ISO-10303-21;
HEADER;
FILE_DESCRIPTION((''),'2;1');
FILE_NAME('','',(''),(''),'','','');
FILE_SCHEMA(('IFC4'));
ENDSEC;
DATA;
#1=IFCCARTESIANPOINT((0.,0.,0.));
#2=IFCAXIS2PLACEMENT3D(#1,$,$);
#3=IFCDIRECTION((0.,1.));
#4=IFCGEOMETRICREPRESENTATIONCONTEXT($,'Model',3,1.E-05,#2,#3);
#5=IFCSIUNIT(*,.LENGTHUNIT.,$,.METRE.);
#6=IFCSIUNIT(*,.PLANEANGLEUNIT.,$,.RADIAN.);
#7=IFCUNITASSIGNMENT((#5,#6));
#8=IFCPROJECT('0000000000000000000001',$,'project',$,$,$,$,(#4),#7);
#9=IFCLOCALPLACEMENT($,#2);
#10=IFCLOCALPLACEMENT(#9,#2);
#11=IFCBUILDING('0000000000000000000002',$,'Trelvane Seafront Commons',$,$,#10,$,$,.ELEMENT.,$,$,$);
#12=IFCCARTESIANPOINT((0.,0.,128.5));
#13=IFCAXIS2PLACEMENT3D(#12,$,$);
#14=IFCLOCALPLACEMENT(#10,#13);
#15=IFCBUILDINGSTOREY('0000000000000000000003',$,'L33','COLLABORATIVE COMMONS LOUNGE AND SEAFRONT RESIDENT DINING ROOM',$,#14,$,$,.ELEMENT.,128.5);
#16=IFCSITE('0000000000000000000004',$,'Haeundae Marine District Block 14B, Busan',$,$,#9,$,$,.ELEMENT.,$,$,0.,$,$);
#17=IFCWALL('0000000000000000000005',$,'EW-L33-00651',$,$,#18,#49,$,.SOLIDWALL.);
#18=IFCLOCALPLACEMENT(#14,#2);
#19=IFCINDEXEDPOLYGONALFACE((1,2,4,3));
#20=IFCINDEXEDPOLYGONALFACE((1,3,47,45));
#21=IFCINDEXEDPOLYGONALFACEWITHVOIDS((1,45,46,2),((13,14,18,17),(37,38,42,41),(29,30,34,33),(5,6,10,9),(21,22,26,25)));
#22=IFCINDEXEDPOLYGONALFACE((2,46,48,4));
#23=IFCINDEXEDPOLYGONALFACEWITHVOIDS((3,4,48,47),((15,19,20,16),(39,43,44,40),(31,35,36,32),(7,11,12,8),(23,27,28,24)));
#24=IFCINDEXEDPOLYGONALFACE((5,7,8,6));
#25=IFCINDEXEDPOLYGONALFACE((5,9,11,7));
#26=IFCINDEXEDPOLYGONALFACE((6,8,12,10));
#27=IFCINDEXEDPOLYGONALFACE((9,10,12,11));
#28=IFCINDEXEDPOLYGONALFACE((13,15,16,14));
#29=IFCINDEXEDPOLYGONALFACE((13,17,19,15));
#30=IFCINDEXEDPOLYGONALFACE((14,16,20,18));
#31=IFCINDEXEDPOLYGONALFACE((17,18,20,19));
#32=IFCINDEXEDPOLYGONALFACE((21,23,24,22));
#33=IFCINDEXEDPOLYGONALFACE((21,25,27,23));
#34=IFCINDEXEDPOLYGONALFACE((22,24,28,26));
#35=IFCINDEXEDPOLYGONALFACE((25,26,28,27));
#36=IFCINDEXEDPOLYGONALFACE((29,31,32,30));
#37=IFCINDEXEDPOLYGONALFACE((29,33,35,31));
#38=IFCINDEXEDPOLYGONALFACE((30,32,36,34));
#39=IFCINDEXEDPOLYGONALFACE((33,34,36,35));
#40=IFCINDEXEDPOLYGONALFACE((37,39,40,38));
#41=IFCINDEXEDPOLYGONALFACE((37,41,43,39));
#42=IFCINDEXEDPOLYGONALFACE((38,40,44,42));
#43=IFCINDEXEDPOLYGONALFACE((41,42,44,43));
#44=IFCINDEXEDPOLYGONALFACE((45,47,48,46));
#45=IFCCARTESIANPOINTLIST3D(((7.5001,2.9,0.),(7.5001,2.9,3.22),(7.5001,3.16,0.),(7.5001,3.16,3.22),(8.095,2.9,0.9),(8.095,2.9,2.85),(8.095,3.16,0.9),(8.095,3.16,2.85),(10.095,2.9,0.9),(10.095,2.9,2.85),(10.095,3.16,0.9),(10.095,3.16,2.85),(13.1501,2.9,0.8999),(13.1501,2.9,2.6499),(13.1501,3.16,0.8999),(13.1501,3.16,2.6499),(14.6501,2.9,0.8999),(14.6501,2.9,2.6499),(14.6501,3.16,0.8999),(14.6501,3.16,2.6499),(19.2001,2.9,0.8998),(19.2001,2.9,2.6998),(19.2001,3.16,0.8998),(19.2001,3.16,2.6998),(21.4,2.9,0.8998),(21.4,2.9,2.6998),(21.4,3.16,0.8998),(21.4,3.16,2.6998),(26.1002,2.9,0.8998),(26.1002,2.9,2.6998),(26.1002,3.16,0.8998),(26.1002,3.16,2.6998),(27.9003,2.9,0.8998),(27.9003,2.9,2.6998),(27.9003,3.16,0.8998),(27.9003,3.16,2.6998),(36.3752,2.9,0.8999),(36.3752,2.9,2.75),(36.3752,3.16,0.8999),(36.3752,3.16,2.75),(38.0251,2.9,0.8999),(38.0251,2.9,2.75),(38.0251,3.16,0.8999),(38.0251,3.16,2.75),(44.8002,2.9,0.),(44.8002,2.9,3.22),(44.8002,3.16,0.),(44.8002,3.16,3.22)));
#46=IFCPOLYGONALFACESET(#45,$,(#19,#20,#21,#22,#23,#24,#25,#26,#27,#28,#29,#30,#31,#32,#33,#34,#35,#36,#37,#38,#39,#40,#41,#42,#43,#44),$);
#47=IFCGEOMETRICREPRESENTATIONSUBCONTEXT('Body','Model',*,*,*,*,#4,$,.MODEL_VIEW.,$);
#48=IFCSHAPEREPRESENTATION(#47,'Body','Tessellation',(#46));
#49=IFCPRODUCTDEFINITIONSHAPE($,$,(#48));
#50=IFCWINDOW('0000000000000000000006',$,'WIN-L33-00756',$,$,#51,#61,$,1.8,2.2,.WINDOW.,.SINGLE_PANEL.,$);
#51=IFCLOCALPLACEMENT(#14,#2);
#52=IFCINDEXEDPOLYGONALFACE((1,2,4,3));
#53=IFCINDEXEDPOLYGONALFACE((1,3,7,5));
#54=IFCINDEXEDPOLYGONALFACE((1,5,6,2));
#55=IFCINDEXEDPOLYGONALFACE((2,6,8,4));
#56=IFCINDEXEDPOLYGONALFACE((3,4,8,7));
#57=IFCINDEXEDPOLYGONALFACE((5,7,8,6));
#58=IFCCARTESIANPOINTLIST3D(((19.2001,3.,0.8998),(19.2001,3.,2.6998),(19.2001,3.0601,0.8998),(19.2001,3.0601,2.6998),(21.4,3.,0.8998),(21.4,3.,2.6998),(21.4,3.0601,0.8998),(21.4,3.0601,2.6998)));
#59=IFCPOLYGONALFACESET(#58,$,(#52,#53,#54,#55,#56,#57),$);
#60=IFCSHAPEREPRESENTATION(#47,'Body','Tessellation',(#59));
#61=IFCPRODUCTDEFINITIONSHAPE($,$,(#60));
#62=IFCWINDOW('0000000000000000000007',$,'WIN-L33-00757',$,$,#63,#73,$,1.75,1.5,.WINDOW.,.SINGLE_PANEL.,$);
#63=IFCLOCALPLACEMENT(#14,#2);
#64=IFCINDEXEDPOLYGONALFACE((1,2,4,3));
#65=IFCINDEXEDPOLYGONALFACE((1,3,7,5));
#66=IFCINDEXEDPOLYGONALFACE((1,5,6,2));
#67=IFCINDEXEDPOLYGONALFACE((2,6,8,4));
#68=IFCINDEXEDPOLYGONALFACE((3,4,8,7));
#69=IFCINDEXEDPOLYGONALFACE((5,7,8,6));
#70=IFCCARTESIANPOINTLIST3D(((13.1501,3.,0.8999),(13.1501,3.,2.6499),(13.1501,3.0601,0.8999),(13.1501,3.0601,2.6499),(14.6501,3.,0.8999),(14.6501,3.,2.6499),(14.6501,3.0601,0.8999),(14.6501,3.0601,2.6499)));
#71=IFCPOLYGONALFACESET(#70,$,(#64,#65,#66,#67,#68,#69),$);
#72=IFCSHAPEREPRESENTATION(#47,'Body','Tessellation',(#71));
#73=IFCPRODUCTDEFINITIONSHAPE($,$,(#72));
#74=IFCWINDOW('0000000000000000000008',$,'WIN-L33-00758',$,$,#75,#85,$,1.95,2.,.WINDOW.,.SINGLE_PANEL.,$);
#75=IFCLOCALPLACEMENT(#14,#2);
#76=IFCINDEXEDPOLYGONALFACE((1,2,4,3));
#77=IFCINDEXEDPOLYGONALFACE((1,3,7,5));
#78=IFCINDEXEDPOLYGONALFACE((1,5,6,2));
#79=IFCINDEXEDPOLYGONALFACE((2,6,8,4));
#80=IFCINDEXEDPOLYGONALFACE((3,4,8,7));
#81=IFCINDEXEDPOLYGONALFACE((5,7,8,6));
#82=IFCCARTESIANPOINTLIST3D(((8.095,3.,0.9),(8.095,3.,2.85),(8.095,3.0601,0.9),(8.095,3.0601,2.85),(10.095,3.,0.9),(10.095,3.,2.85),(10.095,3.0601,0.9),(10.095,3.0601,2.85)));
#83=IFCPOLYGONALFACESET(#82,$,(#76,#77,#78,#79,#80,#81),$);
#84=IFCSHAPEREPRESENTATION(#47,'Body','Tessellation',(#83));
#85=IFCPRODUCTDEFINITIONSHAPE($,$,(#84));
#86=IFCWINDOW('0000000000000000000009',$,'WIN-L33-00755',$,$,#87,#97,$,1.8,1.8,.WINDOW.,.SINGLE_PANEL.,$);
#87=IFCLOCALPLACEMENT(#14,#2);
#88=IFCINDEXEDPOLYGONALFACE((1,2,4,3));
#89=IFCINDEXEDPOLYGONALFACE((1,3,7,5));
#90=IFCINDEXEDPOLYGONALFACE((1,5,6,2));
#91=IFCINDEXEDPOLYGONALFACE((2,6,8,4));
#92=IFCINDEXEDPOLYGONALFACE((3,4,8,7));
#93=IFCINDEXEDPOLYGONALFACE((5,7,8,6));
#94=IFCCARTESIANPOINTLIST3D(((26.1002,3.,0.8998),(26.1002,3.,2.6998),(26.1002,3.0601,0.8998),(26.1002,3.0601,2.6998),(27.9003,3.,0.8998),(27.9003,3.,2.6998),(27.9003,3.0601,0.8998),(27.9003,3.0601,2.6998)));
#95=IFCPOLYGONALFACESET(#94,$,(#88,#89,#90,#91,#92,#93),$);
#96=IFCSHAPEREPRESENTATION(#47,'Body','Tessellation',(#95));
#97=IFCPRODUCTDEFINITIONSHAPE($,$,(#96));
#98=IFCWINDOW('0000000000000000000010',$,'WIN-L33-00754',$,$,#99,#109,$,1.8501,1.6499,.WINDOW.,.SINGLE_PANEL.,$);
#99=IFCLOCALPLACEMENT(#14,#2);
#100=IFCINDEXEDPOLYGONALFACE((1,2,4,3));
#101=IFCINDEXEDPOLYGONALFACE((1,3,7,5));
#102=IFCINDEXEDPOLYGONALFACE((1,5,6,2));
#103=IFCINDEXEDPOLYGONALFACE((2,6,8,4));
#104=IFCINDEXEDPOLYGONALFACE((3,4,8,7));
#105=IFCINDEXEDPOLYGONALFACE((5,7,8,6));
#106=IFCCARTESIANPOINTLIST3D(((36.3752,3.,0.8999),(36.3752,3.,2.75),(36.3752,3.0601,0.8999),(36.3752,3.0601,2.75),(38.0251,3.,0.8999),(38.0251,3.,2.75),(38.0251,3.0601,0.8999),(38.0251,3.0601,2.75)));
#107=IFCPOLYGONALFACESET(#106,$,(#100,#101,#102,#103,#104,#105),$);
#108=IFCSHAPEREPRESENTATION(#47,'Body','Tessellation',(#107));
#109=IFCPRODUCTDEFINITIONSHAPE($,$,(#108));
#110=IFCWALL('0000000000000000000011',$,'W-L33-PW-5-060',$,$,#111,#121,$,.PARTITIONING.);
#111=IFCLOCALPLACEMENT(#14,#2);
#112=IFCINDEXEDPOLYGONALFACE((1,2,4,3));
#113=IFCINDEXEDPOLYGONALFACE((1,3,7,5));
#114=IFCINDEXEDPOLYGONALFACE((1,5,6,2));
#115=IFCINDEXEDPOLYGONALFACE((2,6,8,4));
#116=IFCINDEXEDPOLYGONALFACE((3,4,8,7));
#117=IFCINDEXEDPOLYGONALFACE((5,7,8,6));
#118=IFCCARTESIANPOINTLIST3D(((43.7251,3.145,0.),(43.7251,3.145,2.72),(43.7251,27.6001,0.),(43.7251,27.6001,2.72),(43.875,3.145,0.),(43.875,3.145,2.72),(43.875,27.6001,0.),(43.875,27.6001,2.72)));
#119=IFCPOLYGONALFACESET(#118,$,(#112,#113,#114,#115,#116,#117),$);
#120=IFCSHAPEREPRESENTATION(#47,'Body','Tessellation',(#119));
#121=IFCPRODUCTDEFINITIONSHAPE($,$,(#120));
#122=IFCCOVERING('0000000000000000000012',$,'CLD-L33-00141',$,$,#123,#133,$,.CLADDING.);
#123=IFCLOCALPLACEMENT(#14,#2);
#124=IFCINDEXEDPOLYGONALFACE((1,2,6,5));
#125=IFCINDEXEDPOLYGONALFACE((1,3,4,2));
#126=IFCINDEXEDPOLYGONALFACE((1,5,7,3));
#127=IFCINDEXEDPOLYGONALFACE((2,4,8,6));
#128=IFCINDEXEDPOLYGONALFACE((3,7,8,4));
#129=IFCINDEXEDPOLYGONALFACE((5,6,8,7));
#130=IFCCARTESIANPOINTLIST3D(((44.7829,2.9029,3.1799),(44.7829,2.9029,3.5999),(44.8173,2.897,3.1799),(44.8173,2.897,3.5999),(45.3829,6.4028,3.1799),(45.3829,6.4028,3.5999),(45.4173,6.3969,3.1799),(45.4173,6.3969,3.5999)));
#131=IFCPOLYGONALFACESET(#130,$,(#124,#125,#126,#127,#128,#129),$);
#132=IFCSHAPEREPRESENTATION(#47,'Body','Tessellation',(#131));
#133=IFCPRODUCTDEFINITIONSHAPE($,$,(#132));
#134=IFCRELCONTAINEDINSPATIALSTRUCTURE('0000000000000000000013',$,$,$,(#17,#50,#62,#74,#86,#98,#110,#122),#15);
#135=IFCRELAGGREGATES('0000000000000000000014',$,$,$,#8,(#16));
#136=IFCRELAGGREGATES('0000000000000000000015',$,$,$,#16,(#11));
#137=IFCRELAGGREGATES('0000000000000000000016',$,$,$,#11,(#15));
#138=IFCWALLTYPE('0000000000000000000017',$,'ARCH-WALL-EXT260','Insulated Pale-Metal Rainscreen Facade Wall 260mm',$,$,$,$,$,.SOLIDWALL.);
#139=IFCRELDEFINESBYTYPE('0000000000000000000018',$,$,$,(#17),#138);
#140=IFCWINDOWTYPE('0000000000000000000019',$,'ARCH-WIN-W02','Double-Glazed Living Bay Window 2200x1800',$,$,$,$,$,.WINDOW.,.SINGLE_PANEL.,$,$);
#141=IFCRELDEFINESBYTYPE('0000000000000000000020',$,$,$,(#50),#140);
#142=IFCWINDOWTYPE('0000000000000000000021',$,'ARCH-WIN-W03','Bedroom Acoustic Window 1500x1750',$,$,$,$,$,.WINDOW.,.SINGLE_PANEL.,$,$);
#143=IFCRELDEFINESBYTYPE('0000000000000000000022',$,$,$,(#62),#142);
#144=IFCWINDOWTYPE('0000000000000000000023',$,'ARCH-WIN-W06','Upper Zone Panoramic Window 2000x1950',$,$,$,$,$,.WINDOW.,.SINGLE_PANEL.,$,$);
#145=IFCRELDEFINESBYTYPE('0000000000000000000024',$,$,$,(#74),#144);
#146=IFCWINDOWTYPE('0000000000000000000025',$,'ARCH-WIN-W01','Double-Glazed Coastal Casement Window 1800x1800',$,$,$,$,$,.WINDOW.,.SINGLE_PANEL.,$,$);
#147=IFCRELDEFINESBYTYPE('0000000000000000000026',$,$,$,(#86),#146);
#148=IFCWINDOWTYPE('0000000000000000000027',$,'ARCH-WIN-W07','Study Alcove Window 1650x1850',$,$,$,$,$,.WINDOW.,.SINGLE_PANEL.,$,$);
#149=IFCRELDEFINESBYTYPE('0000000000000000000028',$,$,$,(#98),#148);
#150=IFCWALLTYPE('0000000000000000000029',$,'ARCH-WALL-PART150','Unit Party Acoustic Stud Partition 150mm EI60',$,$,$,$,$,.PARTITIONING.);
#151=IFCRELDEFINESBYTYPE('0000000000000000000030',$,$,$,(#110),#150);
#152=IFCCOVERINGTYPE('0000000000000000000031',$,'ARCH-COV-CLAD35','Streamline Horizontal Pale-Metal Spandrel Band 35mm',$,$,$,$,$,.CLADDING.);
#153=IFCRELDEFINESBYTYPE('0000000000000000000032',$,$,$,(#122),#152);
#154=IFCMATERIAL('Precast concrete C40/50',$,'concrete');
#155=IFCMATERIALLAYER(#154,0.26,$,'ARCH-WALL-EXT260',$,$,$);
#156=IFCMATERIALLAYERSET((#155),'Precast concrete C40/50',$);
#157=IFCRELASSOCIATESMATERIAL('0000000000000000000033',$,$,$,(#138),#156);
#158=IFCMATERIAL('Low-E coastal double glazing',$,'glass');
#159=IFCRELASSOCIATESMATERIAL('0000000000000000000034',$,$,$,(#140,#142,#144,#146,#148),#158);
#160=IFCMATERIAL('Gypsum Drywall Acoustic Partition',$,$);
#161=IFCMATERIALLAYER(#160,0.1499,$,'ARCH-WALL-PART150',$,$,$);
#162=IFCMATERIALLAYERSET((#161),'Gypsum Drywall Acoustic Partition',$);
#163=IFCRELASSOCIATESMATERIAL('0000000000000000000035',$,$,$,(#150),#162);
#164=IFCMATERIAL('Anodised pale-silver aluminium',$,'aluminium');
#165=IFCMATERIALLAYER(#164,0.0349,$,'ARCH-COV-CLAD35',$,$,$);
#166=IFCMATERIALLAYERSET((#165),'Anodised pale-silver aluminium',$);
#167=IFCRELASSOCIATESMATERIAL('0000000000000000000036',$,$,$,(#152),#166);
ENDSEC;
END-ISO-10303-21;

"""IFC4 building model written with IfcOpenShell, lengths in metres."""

from ifc_helpers import new_model, si_unit, direction, frame, frame_2d, origin, origin_2d, place, context, subcontext, project, spatial, rectangle, extrude, source, transform, mapped, material, layer, layer_set, type_object, element, fill, save


model = new_model("IFC4")

# Units and contexts
model_context = context("Model", 3, precision=1e-05, world=origin(), true_north=direction((0.0, 1.0)))
body_context = subcontext(model_context, "Body", "Model", "MODEL_VIEW")
ifc_project = project(units=[si_unit("LENGTHUNIT", "METRE"), si_unit("PLANEANGLEUNIT", "RADIAN")], contexts=[model_context])

# Site, building, storey
site_placement = place(None, origin())
site = spatial("IfcSite", under=ifc_project, at=site_placement, Name="Haeundae Marine District Block 14B, Busan", CompositionType="ELEMENT", RefElevation=0.0)
building_placement = place(site_placement, origin())
building = spatial("IfcBuilding", under=site, at=building_placement, Name="Trelvane Seafront Commons", CompositionType="ELEMENT")
storey_placement = place(building_placement, frame((0.0, 0.0, 128.5)))
storey = spatial("IfcBuildingStorey", under=building, at=storey_placement, Name="L33", Description="COLLABORATIVE COMMONS LOUNGE AND SEAFRONT RESIDENT DINING ROOM", CompositionType="ELEMENT", Elevation=128.5)

# Shared definitions
ifc_material_1 = material(Name="Anodised pale-silver aluminium", Category="aluminium")

# Shared definitions
ifc_material_2 = material(Name="Low-E coastal double glazing", Category="glass")

# Wall, openings, windows
ifc_material_3 = material(Name="Precast concrete C40/50", Category="concrete")
ifc_layer_1 = layer(ifc_material_3, 0.26, Name="ARCH-WALL-EXT260")
ifc_layer_set_1 = layer_set([ifc_layer_1], Name="Precast concrete C40/50")
wall_type_1 = type_object("IfcWallType", Name="ARCH-WALL-EXT260", Description="Insulated Pale-Metal Rainscreen Facade Wall 260mm", PredefinedType="SOLIDWALL", material=ifc_layer_set_1)
wall_1_placement = place(storey_placement, frame((44.8, 3.03, 0.0), z_axis=(0.0, 0.0, 1.0), x_axis=(-1.0, 0.0, 0.0)))
wall_1 = element("IfcWall", 1, at=wall_1_placement, inside=storey, type_object=wall_type_1, Name="EW-L33-00651", PredefinedType="SOLIDWALL", context=body_context, shape_type="SweptSolid", body=[
    extrude(rectangle(XDim=37.3, YDim=0.26, at=frame_2d((18.6499, 0.0))), origin(), (0.0, 0.0, 1.0), 3.22),
])
opening_1_placement = place(wall_1_placement, frame((6.7749, 0.0, 0.8999)))
opening_1 = element("IfcOpeningElement", 2, at=opening_1_placement, cuts=wall_1, PredefinedType="OPENING", context=body_context, shape_type="SweptSolid", body=[
    extrude(rectangle(XDim=1.6499, YDim=1.8501, at=frame_2d((0.825, 0.925))), frame((0.0, 0.1399, 0.0), z_axis=(0.0, -1.0, 0.0), x_axis=(1.0, 0.0, 0.0)), (0.0, 0.0, 1.0), 0.28),
])
opening_2_placement = place(wall_1_placement, frame((16.8999, 0.0, 0.8999)))
opening_2 = element("IfcOpeningElement", 3, at=opening_2_placement, cuts=wall_1, PredefinedType="OPENING", context=body_context, shape_type="SweptSolid", body=[
    extrude(rectangle(XDim=1.8, YDim=1.8, at=frame_2d((0.8999, 0.8999))), frame((0.0, 0.1399, 0.0), z_axis=(0.0, -1.0, 0.0), x_axis=(1.0, 0.0, 0.0)), (0.0, 0.0, 1.0), 0.28),
])
opening_3_placement = place(wall_1_placement, frame((23.3999, 0.0, 0.8999)))
opening_3 = element("IfcOpeningElement", 4, at=opening_3_placement, cuts=wall_1, PredefinedType="OPENING", context=body_context, shape_type="SweptSolid", body=[
    extrude(rectangle(XDim=2.2, YDim=1.8, at=frame_2d((1.1001, 0.8999))), frame((0.0, 0.1399, 0.0), z_axis=(0.0, -1.0, 0.0), x_axis=(1.0, 0.0, 0.0)), (0.0, 0.0, 1.0), 0.28),
])
opening_4_placement = place(wall_1_placement, frame((30.1499, 0.0, 0.8999)))
opening_4 = element("IfcOpeningElement", 5, at=opening_4_placement, cuts=wall_1, PredefinedType="OPENING", context=body_context, shape_type="SweptSolid", body=[
    extrude(rectangle(XDim=1.5, YDim=1.75, at=frame_2d((0.75, 0.875))), frame((0.0, 0.1399, 0.0), z_axis=(0.0, -1.0, 0.0), x_axis=(1.0, 0.0, 0.0)), (0.0, 0.0, 1.0), 0.28),
])
opening_5_placement = place(wall_1_placement, frame((34.7051, 0.0, 0.8999)))
opening_5 = element("IfcOpeningElement", 6, at=opening_5_placement, cuts=wall_1, PredefinedType="OPENING", context=body_context, shape_type="SweptSolid", body=[
    extrude(rectangle(XDim=2.0, YDim=1.95, at=frame_2d((1.0, 0.9751))), frame((0.0, 0.1399, 0.0), z_axis=(0.0, -1.0, 0.0), x_axis=(1.0, 0.0, 0.0)), (0.0, 0.0, 1.0), 0.28),
])
window_type_1 = type_object("IfcWindowType", Name="ARCH-WIN-W02", Description="Double-Glazed Living Bay Window 2200x1800", PartitioningType="SINGLE_PANEL", PredefinedType="WINDOW", material=ifc_material_2)
shared_shape_1 = source(origin(), body_context, "Body", "SweptSolid", [
    extrude(rectangle(XDim=2.2, YDim=1.8, at=frame_2d((1.1001, 0.8999))), frame((0.0, 0.03, 0.0), z_axis=(0.0, -1.0, 0.0), x_axis=(1.0, 0.0, 0.0)), (0.0, 0.0, 1.0), 0.0601),
])
window_1_placement = place(opening_3_placement, origin())
window_1 = element("IfcWindow", 7, at=window_1_placement, inside=storey, type_object=window_type_1, Name="WIN-L33-00756", OverallHeight=1.8, OverallWidth=2.2, PartitioningType="SINGLE_PANEL", PredefinedType="WINDOW", context=body_context, shape_type="MappedRepresentation", body=[
    mapped(shared_shape_1, transform((0.0, 0.0, 0.0), x_axis=(1.0, 0.0, 0.0), y_axis=(0.0, 1.0, 0.0), z_axis=(0.0, 0.0, 1.0), scale=1.0)),
])
fill(opening_3, window_1)
window_type_2 = type_object("IfcWindowType", Name="ARCH-WIN-W03", Description="Bedroom Acoustic Window 1500x1750", PartitioningType="SINGLE_PANEL", PredefinedType="WINDOW", material=ifc_material_2)
shared_shape_2 = source(origin(), body_context, "Body", "SweptSolid", [
    extrude(rectangle(XDim=1.5, YDim=1.75, at=frame_2d((0.75, 0.875))), frame((0.0, 0.03, 0.0), z_axis=(0.0, -1.0, 0.0), x_axis=(1.0, 0.0, 0.0)), (0.0, 0.0, 1.0), 0.0601),
])
window_2_placement = place(opening_4_placement, origin())
window_2 = element("IfcWindow", 8, at=window_2_placement, inside=storey, type_object=window_type_2, Name="WIN-L33-00757", OverallHeight=1.75, OverallWidth=1.5, PartitioningType="SINGLE_PANEL", PredefinedType="WINDOW", context=body_context, shape_type="MappedRepresentation", body=[
    mapped(shared_shape_2, transform((0.0, 0.0, 0.0), x_axis=(1.0, 0.0, 0.0), y_axis=(0.0, 1.0, 0.0), z_axis=(0.0, 0.0, 1.0), scale=1.0)),
])
fill(opening_4, window_2)
window_type_3 = type_object("IfcWindowType", Name="ARCH-WIN-W06", Description="Upper Zone Panoramic Window 2000x1950", PartitioningType="SINGLE_PANEL", PredefinedType="WINDOW", material=ifc_material_2)
shared_shape_3 = source(origin(), body_context, "Body", "SweptSolid", [
    extrude(rectangle(XDim=2.0, YDim=1.95, at=frame_2d((1.0, 0.9751))), frame((0.0, 0.03, 0.0), z_axis=(0.0, -1.0, 0.0), x_axis=(1.0, 0.0, 0.0)), (0.0, 0.0, 1.0), 0.0601),
])
window_3_placement = place(opening_5_placement, origin())
window_3 = element("IfcWindow", 9, at=window_3_placement, inside=storey, type_object=window_type_3, Name="WIN-L33-00758", OverallHeight=1.95, OverallWidth=2.0, PartitioningType="SINGLE_PANEL", PredefinedType="WINDOW", context=body_context, shape_type="MappedRepresentation", body=[
    mapped(shared_shape_3, transform((0.0, 0.0, 0.0), x_axis=(1.0, 0.0, 0.0), y_axis=(0.0, 1.0, 0.0), z_axis=(0.0, 0.0, 1.0), scale=1.0)),
])
fill(opening_5, window_3)
window_type_4 = type_object("IfcWindowType", Name="ARCH-WIN-W01", Description="Double-Glazed Coastal Casement Window 1800x1800", PartitioningType="SINGLE_PANEL", PredefinedType="WINDOW", material=ifc_material_2)
shared_shape_4 = source(origin(), body_context, "Body", "SweptSolid", [
    extrude(rectangle(XDim=1.8, YDim=1.8, at=frame_2d((0.8999, 0.8999))), frame((0.0, 0.03, 0.0), z_axis=(0.0, -1.0, 0.0), x_axis=(1.0, 0.0, 0.0)), (0.0, 0.0, 1.0), 0.0601),
])
window_4_placement = place(opening_2_placement, origin())
window_4 = element("IfcWindow", 10, at=window_4_placement, inside=storey, type_object=window_type_4, Name="WIN-L33-00755", OverallHeight=1.8, OverallWidth=1.8, PartitioningType="SINGLE_PANEL", PredefinedType="WINDOW", context=body_context, shape_type="MappedRepresentation", body=[
    mapped(shared_shape_4, transform((0.0, 0.0, 0.0), x_axis=(1.0, 0.0, 0.0), y_axis=(0.0, 1.0, 0.0), z_axis=(0.0, 0.0, 1.0), scale=1.0)),
])
fill(opening_2, window_4)
window_type_5 = type_object("IfcWindowType", Name="ARCH-WIN-W07", Description="Study Alcove Window 1650x1850", PartitioningType="SINGLE_PANEL", PredefinedType="WINDOW", material=ifc_material_2)
shared_shape_5 = source(origin(), body_context, "Body", "SweptSolid", [
    extrude(rectangle(XDim=1.6499, YDim=1.8501, at=frame_2d((0.825, 0.925))), frame((0.0, 0.03, 0.0), z_axis=(0.0, -1.0, 0.0), x_axis=(1.0, 0.0, 0.0)), (0.0, 0.0, 1.0), 0.0601),
])
window_5_placement = place(opening_1_placement, origin())
window_5 = element("IfcWindow", 11, at=window_5_placement, inside=storey, type_object=window_type_5, Name="WIN-L33-00754", OverallHeight=1.8501, OverallWidth=1.6499, PartitioningType="SINGLE_PANEL", PredefinedType="WINDOW", context=body_context, shape_type="MappedRepresentation", body=[
    mapped(shared_shape_5, transform((0.0, 0.0, 0.0), x_axis=(1.0, 0.0, 0.0), y_axis=(0.0, 1.0, 0.0), z_axis=(0.0, 0.0, 1.0), scale=1.0)),
])
fill(opening_1, window_5)

# Wall
ifc_material_4 = material(Name="Gypsum Drywall Acoustic Partition")
ifc_layer_2 = layer(ifc_material_4, 0.1499, Name="ARCH-WALL-PART150")
ifc_layer_set_2 = layer_set([ifc_layer_2], Name="Gypsum Drywall Acoustic Partition")
wall_type_2 = type_object("IfcWallType", Name="ARCH-WALL-PART150", Description="Unit Party Acoustic Stud Partition 150mm EI60", PredefinedType="PARTITIONING", material=ifc_layer_set_2)
wall_2_placement = place(storey_placement, frame((43.8, 3.145, 0.0), z_axis=(0.0, 0.0, 1.0), x_axis=(0.0, 1.0, 0.0)))
element("IfcWall", 12, at=wall_2_placement, inside=storey, type_object=wall_type_2, Name="W-L33-PW-5-060", PredefinedType="PARTITIONING", context=body_context, shape_type="SweptSolid", body=[
    extrude(rectangle(XDim=24.4551, YDim=0.1499, at=frame_2d((12.2275, 0.0))), origin(), (0.0, 0.0, 1.0), 2.72),
])

# Covering
ifc_layer_3 = layer(ifc_material_1, 0.0349, Name="ARCH-COV-CLAD35")
ifc_layer_set_3 = layer_set([ifc_layer_3], Name="Anodised pale-silver aluminium")
covering_type = type_object("IfcCoveringType", Name="ARCH-COV-CLAD35", Description="Streamline Horizontal Pale-Metal Spandrel Band 35mm", PredefinedType="CLADDING", material=ifc_layer_set_3)
shared_shape_6 = source(origin(), body_context, "Body", "SweptSolid", [
    extrude(rectangle(XDim=3.551, YDim=0.0349, at=origin_2d()), origin(), (0.0, 0.0, 1.0), 0.4199),
])
covering_placement = place(storey_placement, frame((45.1001, 4.6499, 3.1799), z_axis=(0.0, 0.0, 1.0), x_axis=(-0.168964, -0.985622, 0.0)))
element("IfcCovering", 13, at=covering_placement, inside=storey, type_object=covering_type, Name="CLD-L33-00141", PredefinedType="CLADDING", context=body_context, shape_type="MappedRepresentation", body=[
    mapped(shared_shape_6, transform((0.0, 0.0, 0.0), x_axis=(1.0, 0.0, 0.0), y_axis=(0.0, 1.0, 0.0), z_axis=(0.0, 0.0, 1.0), scale=1.0)),
])

save(model, "model.ifc")
